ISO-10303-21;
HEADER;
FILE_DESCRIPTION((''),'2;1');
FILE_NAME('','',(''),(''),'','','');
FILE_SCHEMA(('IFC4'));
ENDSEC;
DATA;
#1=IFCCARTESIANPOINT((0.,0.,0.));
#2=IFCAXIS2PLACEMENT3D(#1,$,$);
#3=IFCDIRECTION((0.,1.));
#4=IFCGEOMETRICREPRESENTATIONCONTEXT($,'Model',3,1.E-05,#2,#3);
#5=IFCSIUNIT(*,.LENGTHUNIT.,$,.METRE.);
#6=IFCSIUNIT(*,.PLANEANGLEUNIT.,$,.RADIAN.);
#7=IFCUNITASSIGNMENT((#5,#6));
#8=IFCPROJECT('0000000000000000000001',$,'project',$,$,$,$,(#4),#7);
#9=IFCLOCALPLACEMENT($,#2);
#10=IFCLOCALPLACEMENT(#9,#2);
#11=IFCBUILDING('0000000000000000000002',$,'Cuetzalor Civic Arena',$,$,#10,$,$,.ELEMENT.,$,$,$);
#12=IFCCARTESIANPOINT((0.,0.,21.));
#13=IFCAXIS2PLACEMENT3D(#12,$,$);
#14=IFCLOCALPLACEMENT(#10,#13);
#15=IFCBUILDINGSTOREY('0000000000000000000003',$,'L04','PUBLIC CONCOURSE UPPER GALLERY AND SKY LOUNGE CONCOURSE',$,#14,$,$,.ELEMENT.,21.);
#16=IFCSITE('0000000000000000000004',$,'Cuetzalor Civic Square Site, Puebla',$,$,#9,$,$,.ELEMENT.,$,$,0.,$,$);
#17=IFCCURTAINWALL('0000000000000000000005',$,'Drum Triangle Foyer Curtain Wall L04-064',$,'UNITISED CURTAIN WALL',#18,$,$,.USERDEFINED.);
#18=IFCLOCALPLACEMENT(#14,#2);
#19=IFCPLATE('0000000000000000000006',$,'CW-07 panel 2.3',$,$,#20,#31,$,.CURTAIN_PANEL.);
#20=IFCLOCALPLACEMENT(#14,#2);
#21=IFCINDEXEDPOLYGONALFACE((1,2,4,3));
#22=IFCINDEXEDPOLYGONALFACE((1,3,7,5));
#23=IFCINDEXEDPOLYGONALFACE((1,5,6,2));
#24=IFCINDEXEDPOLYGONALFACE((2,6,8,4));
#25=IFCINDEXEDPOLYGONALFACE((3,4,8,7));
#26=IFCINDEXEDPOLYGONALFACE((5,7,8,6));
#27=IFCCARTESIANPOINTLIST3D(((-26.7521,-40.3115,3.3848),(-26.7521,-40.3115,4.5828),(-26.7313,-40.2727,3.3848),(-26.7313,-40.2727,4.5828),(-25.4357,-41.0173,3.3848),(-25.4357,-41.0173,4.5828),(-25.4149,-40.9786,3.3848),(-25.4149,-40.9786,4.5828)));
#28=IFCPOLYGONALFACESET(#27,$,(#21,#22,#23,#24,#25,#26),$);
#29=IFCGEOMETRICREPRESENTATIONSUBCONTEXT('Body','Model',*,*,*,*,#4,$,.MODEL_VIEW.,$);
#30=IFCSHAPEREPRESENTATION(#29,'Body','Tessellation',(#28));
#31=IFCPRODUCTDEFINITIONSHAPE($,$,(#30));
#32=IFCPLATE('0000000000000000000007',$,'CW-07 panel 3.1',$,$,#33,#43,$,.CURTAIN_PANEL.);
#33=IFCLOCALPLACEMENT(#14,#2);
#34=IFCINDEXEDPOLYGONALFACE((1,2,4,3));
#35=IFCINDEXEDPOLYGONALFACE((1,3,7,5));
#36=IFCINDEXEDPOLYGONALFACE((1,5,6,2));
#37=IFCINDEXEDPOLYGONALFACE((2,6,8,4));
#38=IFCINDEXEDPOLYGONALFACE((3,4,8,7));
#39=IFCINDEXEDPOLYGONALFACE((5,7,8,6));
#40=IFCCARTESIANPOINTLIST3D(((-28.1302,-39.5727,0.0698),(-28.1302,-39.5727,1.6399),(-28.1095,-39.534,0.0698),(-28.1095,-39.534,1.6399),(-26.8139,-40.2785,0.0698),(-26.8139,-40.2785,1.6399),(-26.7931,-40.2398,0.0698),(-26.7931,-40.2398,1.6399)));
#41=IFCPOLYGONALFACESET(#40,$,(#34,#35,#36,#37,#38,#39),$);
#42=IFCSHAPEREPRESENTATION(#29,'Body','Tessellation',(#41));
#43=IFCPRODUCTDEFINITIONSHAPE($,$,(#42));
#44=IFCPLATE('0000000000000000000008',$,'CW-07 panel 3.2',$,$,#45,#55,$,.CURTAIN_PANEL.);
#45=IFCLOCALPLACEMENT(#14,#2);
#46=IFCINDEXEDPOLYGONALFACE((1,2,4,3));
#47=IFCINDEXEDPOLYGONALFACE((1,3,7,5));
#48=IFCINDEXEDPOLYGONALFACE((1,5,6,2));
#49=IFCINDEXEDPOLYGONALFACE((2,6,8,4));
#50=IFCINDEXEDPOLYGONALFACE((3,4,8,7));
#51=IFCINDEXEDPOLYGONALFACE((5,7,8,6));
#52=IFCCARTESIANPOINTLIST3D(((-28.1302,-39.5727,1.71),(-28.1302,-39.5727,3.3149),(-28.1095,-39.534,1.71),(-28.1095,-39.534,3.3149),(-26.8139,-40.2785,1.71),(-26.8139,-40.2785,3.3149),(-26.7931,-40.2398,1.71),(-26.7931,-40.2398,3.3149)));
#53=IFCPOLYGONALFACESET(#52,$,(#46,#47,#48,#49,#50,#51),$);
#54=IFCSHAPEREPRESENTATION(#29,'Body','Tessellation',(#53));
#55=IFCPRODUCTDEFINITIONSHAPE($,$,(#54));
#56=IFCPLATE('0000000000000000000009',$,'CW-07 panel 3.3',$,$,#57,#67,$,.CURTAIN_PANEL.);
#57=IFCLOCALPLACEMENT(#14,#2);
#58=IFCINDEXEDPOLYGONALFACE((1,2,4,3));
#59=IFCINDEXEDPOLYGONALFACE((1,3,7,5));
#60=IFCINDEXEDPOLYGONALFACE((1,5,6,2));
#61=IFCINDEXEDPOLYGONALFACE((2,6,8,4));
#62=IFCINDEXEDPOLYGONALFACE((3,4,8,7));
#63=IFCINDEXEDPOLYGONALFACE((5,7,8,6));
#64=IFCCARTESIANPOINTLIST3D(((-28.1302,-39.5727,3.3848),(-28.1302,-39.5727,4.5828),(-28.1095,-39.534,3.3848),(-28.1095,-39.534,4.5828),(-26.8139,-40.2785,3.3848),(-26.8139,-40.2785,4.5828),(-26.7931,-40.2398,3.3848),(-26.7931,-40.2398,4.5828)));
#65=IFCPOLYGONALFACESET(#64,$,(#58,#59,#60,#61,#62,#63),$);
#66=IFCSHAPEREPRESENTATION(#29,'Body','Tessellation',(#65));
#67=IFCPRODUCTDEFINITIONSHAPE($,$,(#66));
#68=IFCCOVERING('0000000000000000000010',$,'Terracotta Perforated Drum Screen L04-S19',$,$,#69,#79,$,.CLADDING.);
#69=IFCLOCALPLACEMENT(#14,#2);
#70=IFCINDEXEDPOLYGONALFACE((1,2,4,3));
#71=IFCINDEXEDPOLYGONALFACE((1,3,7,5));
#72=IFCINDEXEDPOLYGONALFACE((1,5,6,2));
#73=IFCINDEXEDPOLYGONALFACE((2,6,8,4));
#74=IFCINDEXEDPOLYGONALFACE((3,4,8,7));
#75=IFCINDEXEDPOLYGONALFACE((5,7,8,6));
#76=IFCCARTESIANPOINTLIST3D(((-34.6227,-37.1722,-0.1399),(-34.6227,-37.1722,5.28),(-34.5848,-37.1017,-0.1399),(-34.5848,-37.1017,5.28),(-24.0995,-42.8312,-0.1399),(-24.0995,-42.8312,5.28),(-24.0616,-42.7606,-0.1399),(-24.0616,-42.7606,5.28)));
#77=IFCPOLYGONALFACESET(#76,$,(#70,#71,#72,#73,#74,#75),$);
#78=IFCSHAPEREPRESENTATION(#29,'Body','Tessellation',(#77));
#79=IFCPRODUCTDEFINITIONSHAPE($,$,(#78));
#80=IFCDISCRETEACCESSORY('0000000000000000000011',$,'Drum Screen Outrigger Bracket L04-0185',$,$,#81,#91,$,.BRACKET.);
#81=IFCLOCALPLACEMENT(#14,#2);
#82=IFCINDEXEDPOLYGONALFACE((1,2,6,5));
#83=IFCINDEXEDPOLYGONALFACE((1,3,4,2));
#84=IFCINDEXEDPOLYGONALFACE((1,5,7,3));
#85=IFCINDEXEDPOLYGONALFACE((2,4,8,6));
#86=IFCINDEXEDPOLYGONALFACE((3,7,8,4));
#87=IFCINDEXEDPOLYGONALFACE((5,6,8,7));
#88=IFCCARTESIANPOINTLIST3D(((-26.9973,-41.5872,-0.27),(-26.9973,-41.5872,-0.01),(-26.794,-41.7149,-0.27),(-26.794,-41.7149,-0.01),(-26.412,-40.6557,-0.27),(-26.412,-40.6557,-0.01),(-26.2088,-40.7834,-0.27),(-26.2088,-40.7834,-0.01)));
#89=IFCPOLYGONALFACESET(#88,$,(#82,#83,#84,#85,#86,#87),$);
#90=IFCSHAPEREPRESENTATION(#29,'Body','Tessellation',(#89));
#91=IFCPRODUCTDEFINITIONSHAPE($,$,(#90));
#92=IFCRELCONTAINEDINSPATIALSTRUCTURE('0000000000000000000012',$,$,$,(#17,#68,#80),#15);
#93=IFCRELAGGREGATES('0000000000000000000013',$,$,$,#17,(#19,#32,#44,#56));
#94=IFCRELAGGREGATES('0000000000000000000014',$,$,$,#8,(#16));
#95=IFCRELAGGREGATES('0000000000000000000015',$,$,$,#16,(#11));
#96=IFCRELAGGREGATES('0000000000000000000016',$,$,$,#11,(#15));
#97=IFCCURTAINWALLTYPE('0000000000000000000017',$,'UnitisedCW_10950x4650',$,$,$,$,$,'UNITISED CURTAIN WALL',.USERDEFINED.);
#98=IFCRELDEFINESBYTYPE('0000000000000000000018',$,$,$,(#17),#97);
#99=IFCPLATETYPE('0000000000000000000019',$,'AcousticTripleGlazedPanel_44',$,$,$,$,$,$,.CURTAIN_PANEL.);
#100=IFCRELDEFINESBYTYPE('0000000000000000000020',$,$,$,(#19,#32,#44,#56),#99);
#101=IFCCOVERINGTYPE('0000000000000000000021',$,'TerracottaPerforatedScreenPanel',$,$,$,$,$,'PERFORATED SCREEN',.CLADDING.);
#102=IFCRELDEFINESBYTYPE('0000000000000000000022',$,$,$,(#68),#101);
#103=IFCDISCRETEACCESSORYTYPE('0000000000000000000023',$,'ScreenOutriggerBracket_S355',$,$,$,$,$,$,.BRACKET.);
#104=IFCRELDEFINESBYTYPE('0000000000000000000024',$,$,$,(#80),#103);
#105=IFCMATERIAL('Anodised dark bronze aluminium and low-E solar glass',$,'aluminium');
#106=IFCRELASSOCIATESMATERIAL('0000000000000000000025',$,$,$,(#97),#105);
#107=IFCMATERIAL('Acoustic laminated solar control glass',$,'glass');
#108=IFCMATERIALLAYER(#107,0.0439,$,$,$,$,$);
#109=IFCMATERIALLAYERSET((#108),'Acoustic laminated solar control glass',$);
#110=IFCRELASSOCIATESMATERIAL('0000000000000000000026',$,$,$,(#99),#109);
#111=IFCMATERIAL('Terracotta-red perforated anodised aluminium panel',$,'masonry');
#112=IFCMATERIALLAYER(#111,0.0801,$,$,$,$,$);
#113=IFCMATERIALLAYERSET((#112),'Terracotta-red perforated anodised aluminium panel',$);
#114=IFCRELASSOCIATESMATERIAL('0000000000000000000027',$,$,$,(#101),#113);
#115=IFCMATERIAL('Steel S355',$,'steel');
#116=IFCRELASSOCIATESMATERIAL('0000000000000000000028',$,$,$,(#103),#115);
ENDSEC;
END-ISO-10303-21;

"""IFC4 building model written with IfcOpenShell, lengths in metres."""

from ifc_helpers import new_model, si_unit, direction, frame, frame_2d, origin, origin_2d, place, context, subcontext, project, spatial, rectangle, extrude, material, layer, layer_set, type_object, element, aggregate, save


model = new_model("IFC4")

# Units and contexts
model_context = context("Model", 3, precision=1e-05, world=origin(), true_north=direction((0.0, 1.0)))
body_context = subcontext(model_context, "Body", "Model", "MODEL_VIEW")
ifc_project = project(units=[si_unit("LENGTHUNIT", "METRE"), si_unit("PLANEANGLEUNIT", "RADIAN")], contexts=[model_context])

# Site, building, storey
site_placement = place(None, origin())
site = spatial("IfcSite", under=ifc_project, at=site_placement, Name="Cuetzalor Civic Square Site, Puebla", CompositionType="ELEMENT", RefElevation=0.0)
building_placement = place(site_placement, origin())
building = spatial("IfcBuilding", under=site, at=building_placement, Name="Cuetzalor Civic Arena", CompositionType="ELEMENT")
storey_placement = place(building_placement, frame((0.0, 0.0, 21.0)))
storey = spatial("IfcBuildingStorey", under=building, at=storey_placement, Name="L04", Description="PUBLIC CONCOURSE UPPER GALLERY AND SKY LOUNGE CONCOURSE", CompositionType="ELEMENT", Elevation=21.0)

# Curtain wall
ifc_material_1 = material(Name="Anodised dark bronze aluminium and low-E solar glass", Category="aluminium")
curtain_wall_type = type_object("IfcCurtainWallType", Name="UnitisedCW_10950x4650", ElementType="UNITISED CURTAIN WALL", PredefinedType="USERDEFINED", material=ifc_material_1)
curtain_wall_placement = place(storey_placement, origin())
curtain_wall = element("IfcCurtainWall", 1, at=curtain_wall_placement, inside=storey, type_object=curtain_wall_type, Name="Drum Triangle Foyer Curtain Wall L04-064", ObjectType="UNITISED CURTAIN WALL", PredefinedType="USERDEFINED")

# Plates
ifc_material_2 = material(Name="Acoustic laminated solar control glass", Category="glass")
ifc_layer_1 = layer(ifc_material_2, 0.0439)
ifc_layer_set_1 = layer_set([ifc_layer_1], Name="Acoustic laminated solar control glass")
plate_type = type_object("IfcPlateType", Name="AcousticTripleGlazedPanel_44", PredefinedType="CURTAIN_PANEL", material=ifc_layer_set_1)
plate_1_placement = place(storey_placement, frame((-26.0835, -40.645, 3.3848), z_axis=(0.0, 0.0, 1.0), x_axis=(-0.881306, 0.472545, 0.0)))
plate_1 = element("IfcPlate", 2, at=plate_1_placement, type_object=plate_type, Name="CW-07 panel 2.3", PredefinedType="CURTAIN_PANEL", context=body_context, shape_type="SweptSolid", body=[
    extrude(rectangle(XDim=1.4937, YDim=0.0439, at=origin_2d()), origin(), (0.0, 0.0, 1.0), 1.198),
])
plate_2_placement = place(storey_placement, frame((-27.4617, -39.9062, 0.0698), z_axis=(0.0, 0.0, 1.0), x_axis=(-0.881306, 0.472545, 0.0)))
plate_2 = element("IfcPlate", 3, at=plate_2_placement, type_object=plate_type, Name="CW-07 panel 3.1", PredefinedType="CURTAIN_PANEL", context=body_context, shape_type="SweptSolid", body=[
    extrude(rectangle(XDim=1.4937, YDim=0.0439, at=origin_2d()), origin(), (0.0, 0.0, 1.0), 1.5701),
])
plate_3_placement = place(storey_placement, frame((-27.4617, -39.9062, 1.71), z_axis=(0.0, 0.0, 1.0), x_axis=(-0.881306, 0.472545, 0.0)))
plate_3 = element("IfcPlate", 4, at=plate_3_placement, type_object=plate_type, Name="CW-07 panel 3.2", PredefinedType="CURTAIN_PANEL", context=body_context, shape_type="SweptSolid", body=[
    extrude(rectangle(XDim=1.4937, YDim=0.0439, at=origin_2d()), origin(), (0.0, 0.0, 1.0), 1.605),
])
plate_4_placement = place(storey_placement, frame((-27.4617, -39.9062, 3.3848), z_axis=(0.0, 0.0, 1.0), x_axis=(-0.881306, 0.472545, 0.0)))
plate_4 = element("IfcPlate", 5, at=plate_4_placement, type_object=plate_type, Name="CW-07 panel 3.3", PredefinedType="CURTAIN_PANEL", context=body_context, shape_type="SweptSolid", body=[
    extrude(rectangle(XDim=1.4937, YDim=0.0439, at=origin_2d()), origin(), (0.0, 0.0, 1.0), 1.198),
])
aggregate(curtain_wall, [plate_1, plate_2, plate_3, plate_4])

# Covering
ifc_material_3 = material(Name="Terracotta-red perforated anodised aluminium panel", Category="masonry")
ifc_layer_2 = layer(ifc_material_3, 0.0801)
ifc_layer_set_2 = layer_set([ifc_layer_2], Name="Terracotta-red perforated anodised aluminium panel")
covering_type = type_object("IfcCoveringType", Name="TerracottaPerforatedScreenPanel", ElementType="PERFORATED SCREEN", PredefinedType="CLADDING", material=ifc_layer_set_2)
covering_placement = place(storey_placement, frame((-24.0806, -42.7959, -0.1399), z_axis=(0.0, 0.0, 1.0), x_axis=(-0.880729, 0.47362, 0.0)))
element("IfcCovering", 6, at=covering_placement, inside=storey, type_object=covering_type, Name="Terracotta Perforated Drum Screen L04-S19", PredefinedType="CLADDING", context=body_context, shape_type="SweptSolid", body=[
    extrude(rectangle(XDim=11.9482, YDim=0.0801, at=frame_2d((5.9741, 0.0))), origin(), (0.0, 0.0, 1.0), 5.4199),
])

# Discrete accessory
ifc_material_4 = material(Name="Steel S355", Category="steel")
discrete_accessory_type = type_object("IfcDiscreteAccessoryType", Name="ScreenOutriggerBracket_S355", PredefinedType="BRACKET", material=ifc_material_4)
discrete_accessory_placement = place(storey_placement, frame((-26.603, -41.1853, -0.27), z_axis=(0.0, 0.0, 1.0), x_axis=(-0.53199, -0.846751, 0.0)))
element("IfcDiscreteAccessory", 7, at=discrete_accessory_placement, inside=storey, type_object=discrete_accessory_type, Name="Drum Screen Outrigger Bracket L04-0185", PredefinedType="BRACKET", context=body_context, shape_type="SweptSolid", body=[
    extrude(rectangle(XDim=1.1001, YDim=0.24, at=origin_2d()), origin(), (0.0, 0.0, 1.0), 0.26),
])

save(model, "model.ifc")
